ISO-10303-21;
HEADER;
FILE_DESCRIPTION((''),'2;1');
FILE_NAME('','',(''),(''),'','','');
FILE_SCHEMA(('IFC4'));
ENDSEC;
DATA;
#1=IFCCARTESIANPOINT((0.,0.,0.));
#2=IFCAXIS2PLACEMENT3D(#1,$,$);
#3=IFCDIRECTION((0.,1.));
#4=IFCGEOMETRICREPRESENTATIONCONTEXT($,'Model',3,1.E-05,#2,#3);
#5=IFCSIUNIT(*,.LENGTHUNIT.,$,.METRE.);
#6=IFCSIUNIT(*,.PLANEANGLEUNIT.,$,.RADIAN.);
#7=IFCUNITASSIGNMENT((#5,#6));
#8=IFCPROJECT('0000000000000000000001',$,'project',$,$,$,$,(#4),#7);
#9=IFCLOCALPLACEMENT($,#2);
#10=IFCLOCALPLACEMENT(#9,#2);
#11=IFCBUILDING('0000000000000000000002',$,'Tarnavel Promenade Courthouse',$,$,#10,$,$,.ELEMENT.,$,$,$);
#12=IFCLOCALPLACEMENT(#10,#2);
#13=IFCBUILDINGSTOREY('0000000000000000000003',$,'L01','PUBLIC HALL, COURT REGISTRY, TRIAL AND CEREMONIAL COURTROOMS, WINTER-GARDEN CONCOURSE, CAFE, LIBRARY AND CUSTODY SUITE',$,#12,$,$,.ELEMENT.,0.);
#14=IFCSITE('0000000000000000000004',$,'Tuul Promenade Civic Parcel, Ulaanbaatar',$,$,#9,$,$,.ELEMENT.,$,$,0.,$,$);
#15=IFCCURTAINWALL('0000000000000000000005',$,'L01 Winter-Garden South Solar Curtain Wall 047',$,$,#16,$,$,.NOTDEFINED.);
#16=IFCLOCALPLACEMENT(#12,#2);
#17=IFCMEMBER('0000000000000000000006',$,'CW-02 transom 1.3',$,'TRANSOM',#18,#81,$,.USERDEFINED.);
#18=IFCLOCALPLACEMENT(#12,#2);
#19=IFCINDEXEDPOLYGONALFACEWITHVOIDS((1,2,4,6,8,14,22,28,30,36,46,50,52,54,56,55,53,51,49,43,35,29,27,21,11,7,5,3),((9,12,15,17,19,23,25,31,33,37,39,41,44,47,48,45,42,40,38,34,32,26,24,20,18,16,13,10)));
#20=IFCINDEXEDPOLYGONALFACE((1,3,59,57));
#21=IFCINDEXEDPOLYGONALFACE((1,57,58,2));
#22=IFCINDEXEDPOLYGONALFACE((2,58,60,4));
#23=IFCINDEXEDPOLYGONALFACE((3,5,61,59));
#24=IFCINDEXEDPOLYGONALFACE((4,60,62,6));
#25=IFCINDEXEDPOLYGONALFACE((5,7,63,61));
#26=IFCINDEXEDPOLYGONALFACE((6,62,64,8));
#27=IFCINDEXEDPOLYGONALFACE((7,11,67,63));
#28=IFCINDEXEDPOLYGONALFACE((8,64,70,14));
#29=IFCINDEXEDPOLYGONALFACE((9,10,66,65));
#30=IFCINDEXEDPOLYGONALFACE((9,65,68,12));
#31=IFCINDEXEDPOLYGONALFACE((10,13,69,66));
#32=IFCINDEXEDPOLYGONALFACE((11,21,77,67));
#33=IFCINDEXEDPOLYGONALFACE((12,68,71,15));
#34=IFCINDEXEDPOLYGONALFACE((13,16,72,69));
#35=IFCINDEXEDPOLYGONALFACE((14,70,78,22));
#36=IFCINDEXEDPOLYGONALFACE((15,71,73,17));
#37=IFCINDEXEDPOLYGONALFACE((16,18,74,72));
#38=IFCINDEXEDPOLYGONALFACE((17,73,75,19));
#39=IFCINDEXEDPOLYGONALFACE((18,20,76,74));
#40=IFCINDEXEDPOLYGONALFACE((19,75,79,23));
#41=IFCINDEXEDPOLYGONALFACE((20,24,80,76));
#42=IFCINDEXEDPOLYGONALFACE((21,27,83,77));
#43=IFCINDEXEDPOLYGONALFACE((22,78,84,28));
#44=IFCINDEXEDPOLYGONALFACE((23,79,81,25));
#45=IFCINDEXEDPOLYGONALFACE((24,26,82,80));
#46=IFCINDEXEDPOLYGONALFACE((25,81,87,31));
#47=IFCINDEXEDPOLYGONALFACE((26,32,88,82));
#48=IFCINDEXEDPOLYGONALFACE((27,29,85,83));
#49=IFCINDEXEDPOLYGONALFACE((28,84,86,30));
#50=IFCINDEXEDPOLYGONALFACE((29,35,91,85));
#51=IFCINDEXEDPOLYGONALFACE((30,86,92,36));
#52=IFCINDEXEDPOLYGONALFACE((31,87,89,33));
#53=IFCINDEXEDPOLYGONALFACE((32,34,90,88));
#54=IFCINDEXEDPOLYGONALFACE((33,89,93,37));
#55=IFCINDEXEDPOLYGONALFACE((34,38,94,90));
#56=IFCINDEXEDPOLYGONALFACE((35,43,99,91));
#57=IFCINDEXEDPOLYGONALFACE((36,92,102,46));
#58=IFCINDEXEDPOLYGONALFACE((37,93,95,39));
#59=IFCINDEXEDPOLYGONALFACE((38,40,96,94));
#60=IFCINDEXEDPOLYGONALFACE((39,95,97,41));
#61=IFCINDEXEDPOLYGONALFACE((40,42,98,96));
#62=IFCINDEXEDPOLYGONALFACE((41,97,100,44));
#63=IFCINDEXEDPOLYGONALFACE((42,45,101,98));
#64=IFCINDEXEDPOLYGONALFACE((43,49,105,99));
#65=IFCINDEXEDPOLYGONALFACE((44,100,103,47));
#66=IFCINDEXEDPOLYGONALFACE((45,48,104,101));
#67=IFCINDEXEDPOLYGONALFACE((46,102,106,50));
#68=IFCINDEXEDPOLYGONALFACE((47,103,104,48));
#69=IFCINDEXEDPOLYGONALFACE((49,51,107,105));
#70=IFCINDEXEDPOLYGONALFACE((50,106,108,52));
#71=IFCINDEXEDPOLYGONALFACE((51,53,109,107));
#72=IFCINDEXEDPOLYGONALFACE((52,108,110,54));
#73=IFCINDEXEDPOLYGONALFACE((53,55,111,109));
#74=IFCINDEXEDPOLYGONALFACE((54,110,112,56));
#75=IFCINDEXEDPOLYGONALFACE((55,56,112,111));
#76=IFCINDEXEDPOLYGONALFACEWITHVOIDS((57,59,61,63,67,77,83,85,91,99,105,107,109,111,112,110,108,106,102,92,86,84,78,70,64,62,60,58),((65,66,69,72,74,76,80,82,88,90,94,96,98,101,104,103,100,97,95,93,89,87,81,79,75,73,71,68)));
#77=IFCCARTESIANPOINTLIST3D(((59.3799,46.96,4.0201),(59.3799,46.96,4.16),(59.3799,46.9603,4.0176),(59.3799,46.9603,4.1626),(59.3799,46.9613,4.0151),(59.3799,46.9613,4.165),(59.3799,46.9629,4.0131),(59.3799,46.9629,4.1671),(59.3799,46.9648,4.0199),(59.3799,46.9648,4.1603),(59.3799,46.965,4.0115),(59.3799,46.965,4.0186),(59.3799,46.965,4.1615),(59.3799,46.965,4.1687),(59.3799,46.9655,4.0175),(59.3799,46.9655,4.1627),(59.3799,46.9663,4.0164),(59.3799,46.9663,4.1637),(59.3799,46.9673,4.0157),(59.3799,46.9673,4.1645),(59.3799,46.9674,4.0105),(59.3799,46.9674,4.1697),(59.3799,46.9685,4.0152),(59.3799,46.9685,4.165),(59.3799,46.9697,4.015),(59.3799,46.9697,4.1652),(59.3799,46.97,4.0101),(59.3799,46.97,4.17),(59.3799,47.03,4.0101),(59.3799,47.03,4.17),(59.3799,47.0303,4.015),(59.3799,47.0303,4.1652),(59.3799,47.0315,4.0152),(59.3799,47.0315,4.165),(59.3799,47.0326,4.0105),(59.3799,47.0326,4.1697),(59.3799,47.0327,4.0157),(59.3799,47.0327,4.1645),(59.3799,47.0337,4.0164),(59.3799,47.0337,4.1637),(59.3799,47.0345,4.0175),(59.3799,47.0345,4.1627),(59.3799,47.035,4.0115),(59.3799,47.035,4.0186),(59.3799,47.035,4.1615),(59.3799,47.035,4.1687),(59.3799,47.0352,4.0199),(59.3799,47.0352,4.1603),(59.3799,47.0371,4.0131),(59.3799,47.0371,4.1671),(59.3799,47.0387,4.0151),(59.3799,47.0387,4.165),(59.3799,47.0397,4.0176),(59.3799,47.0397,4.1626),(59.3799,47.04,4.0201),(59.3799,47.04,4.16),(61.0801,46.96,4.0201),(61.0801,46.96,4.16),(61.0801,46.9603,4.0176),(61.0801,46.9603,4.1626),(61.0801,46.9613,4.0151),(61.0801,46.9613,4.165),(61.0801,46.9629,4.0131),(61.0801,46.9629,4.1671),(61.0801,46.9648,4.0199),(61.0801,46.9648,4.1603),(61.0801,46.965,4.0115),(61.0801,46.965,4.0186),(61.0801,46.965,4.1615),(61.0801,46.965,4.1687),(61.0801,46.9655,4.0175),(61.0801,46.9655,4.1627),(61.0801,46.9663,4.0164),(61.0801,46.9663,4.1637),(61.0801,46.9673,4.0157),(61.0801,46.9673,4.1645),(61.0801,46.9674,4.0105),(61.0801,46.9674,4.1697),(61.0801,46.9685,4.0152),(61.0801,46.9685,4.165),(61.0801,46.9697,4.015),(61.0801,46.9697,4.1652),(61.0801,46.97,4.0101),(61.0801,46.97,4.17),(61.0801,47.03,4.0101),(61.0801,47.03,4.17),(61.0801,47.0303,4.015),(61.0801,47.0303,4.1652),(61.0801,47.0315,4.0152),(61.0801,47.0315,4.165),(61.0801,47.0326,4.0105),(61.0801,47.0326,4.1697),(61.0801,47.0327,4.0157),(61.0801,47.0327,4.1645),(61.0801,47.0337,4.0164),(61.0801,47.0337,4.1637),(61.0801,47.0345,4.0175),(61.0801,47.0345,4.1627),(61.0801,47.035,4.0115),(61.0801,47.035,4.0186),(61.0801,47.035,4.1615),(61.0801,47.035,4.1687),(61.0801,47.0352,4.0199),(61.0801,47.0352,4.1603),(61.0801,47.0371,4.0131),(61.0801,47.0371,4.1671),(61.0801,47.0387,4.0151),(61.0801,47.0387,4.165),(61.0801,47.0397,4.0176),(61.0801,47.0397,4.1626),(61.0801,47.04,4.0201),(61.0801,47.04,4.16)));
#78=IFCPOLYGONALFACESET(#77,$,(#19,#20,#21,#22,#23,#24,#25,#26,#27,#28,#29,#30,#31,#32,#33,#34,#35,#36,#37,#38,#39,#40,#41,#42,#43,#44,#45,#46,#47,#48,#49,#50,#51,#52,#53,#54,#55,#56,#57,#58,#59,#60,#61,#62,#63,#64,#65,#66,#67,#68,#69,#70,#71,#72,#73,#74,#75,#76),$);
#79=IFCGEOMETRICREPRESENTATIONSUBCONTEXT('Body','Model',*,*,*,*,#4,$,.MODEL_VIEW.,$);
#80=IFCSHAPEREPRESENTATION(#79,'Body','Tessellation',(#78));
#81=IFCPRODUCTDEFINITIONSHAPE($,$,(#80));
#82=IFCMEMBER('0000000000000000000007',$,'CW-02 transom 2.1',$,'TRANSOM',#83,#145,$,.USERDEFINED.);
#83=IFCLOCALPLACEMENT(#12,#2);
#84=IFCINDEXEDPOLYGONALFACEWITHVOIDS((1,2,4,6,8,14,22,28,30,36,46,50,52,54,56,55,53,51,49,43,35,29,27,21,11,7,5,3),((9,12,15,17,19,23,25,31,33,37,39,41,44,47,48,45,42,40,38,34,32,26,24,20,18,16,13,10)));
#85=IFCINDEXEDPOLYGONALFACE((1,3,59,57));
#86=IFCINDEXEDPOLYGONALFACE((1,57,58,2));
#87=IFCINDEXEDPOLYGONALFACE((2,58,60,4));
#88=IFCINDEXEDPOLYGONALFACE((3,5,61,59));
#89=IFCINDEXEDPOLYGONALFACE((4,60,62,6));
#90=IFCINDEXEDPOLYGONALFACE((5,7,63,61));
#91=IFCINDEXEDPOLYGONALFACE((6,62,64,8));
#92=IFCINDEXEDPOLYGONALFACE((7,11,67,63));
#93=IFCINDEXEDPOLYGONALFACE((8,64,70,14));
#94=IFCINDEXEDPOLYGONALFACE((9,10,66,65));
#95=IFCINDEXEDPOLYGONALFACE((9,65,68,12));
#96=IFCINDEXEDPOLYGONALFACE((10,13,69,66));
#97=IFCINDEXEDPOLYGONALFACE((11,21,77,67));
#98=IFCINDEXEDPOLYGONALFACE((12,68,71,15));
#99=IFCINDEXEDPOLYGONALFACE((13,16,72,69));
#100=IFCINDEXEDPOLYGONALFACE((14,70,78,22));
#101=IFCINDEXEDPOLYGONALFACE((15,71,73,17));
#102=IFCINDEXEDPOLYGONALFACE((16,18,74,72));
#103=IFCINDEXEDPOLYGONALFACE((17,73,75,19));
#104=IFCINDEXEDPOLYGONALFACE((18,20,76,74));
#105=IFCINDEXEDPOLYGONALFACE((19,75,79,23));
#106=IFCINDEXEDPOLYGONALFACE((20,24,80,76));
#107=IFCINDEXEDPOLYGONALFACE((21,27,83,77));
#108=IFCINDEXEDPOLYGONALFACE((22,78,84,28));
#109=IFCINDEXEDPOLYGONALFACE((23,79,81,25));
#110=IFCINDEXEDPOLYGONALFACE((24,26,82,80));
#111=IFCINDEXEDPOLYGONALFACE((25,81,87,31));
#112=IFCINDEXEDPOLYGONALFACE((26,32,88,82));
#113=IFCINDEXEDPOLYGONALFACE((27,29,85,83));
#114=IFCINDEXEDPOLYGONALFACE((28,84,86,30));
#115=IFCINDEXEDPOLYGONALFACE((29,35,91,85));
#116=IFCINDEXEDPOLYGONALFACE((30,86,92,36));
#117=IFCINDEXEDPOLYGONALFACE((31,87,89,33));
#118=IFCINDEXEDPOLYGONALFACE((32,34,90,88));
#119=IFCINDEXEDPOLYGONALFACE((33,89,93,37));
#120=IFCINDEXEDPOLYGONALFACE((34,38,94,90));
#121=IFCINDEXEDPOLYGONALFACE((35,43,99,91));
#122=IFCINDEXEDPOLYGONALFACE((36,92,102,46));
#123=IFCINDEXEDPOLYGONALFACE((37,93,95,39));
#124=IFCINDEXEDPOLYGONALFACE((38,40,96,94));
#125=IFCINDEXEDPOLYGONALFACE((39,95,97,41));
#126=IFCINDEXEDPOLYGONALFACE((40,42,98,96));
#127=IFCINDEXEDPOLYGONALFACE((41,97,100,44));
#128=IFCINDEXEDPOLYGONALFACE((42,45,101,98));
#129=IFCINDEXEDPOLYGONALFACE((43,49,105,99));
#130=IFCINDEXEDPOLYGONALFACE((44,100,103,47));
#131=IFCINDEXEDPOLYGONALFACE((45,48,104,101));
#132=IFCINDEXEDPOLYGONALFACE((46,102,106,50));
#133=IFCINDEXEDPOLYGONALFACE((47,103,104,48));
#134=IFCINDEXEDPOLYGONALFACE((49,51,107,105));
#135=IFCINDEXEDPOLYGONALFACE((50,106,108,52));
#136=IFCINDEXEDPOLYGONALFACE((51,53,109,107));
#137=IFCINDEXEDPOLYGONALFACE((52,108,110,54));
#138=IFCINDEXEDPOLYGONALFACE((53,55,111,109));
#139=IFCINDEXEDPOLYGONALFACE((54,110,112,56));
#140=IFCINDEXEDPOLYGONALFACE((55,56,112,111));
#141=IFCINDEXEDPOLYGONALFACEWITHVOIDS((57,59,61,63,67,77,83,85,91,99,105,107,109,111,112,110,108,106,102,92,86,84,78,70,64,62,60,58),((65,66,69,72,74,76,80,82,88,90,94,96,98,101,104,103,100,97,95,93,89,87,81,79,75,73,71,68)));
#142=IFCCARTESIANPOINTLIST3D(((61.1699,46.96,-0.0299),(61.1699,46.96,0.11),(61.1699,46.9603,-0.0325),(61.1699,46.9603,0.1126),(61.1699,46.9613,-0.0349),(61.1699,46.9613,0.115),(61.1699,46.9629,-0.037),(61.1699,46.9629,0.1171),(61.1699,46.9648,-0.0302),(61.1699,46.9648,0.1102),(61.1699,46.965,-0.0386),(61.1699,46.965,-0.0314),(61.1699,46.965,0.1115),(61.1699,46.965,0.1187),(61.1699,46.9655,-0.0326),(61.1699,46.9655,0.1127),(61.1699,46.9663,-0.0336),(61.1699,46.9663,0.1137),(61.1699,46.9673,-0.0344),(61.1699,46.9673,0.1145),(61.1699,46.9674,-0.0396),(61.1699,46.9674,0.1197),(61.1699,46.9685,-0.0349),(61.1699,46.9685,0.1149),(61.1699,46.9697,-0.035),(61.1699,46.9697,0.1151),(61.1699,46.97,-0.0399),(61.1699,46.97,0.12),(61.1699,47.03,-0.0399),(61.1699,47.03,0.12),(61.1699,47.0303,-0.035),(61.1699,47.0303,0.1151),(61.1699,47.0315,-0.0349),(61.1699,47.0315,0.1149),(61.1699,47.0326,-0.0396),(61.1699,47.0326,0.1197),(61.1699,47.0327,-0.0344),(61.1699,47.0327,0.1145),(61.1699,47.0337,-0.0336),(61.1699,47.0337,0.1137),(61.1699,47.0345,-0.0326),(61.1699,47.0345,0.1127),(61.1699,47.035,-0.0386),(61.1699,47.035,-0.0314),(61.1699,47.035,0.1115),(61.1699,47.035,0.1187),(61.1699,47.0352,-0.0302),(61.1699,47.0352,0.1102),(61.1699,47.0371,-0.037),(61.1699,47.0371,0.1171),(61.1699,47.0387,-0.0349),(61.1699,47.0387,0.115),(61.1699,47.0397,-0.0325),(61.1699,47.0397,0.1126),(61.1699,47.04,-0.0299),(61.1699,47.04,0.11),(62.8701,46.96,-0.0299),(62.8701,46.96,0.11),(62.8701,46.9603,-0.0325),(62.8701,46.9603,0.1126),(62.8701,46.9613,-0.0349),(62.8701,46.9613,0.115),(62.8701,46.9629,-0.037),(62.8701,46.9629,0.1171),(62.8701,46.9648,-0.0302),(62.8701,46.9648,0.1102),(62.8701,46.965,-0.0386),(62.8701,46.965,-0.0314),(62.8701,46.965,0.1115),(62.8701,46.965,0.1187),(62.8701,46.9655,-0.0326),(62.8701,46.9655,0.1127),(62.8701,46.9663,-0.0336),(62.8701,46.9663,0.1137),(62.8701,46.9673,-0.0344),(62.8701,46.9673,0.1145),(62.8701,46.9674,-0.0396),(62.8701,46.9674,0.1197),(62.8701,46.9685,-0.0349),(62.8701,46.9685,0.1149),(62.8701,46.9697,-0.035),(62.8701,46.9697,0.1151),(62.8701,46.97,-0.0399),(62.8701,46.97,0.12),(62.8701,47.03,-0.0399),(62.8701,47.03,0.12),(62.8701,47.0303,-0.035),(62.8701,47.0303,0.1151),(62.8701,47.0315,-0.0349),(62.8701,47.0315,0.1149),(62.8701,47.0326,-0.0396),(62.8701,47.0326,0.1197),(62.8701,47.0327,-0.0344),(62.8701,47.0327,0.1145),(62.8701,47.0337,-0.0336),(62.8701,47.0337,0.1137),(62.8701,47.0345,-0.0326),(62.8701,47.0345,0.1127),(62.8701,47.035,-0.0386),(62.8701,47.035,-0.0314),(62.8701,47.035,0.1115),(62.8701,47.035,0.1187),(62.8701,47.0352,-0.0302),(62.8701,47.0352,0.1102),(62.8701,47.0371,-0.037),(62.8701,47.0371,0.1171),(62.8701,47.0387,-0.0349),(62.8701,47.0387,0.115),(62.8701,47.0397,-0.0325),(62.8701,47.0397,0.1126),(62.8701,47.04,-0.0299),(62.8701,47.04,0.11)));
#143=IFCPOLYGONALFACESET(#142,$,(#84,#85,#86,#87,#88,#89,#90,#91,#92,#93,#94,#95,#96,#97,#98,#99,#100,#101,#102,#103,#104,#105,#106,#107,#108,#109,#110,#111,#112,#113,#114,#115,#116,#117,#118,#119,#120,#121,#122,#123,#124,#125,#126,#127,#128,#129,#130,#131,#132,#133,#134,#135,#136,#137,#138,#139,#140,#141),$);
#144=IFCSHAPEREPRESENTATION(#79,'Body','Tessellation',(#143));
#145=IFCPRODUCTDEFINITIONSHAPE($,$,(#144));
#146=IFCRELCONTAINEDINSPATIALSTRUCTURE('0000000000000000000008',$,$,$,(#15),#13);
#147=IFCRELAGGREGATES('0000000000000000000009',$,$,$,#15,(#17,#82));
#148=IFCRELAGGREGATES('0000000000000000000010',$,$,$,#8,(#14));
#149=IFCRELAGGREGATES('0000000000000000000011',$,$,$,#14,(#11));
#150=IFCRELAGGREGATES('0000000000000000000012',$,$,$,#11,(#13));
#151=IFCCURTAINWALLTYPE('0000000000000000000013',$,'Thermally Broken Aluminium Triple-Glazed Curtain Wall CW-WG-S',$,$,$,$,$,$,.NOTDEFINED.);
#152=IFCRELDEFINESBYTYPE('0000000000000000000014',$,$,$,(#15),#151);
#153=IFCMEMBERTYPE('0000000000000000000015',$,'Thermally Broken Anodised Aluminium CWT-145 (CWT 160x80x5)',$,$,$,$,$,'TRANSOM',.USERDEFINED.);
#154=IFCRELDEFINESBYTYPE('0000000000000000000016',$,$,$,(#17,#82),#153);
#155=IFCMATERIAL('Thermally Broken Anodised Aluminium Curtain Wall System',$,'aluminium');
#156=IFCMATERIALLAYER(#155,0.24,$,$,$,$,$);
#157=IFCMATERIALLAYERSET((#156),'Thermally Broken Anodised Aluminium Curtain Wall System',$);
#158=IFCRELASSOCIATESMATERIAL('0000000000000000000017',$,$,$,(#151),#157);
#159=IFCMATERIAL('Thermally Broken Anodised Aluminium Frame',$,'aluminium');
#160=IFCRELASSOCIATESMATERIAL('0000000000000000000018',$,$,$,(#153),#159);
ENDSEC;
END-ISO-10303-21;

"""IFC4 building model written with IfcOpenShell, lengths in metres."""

from ifc_helpers import new_model, si_unit, direction, frame, origin, origin_2d, place, context, subcontext, project, spatial, hollow_rectangle, extrude, material, layer, layer_set, material_profile, profile_set, type_object, element, aggregate, save


model = new_model("IFC4")

# Units and contexts
model_context = context("Model", 3, precision=1e-05, world=origin(), true_north=direction((0.0, 1.0)))
body_context = subcontext(model_context, "Body", "Model", "MODEL_VIEW")
ifc_project = project(units=[si_unit("LENGTHUNIT", "METRE"), si_unit("PLANEANGLEUNIT", "RADIAN")], contexts=[model_context])

# Site, building, storey
site_placement = place(None, origin())
site = spatial("IfcSite", under=ifc_project, at=site_placement, Name="Tuul Promenade Civic Parcel, Ulaanbaatar", CompositionType="ELEMENT", RefElevation=0.0)
building_placement = place(site_placement, origin())
building = spatial("IfcBuilding", under=site, at=building_placement, Name="Tarnavel Promenade Courthouse", CompositionType="ELEMENT")
storey_placement = place(building_placement, origin())
storey = spatial("IfcBuildingStorey", under=building, at=storey_placement, Name="L01", Description="PUBLIC HALL, COURT REGISTRY, TRIAL AND CEREMONIAL COURTROOMS, WINTER-GARDEN CONCOURSE, CAFE, LIBRARY AND CUSTODY SUITE", CompositionType="ELEMENT", Elevation=0.0)

# Curtain wall
ifc_material_1 = material(Name="Thermally Broken Anodised Aluminium Curtain Wall System", Category="aluminium")
ifc_layer_1 = layer(ifc_material_1, 0.24)
ifc_layer_set_1 = layer_set([ifc_layer_1], Name="Thermally Broken Anodised Aluminium Curtain Wall System")
curtain_wall_type = type_object("IfcCurtainWallType", Name="Thermally Broken Aluminium Triple-Glazed Curtain Wall CW-WG-S", PredefinedType="NOTDEFINED", material=ifc_layer_set_1)
ifc_material_2 = material(Name="Thermally Broken Anodised Aluminium Frame", Category="aluminium")
curtain_wall_1_placement = place(storey_placement, origin())
curtain_wall_1 = element("IfcCurtainWall", 1, at=curtain_wall_1_placement, inside=storey, type_object=curtain_wall_type, Name="L01 Winter-Garden South Solar Curtain Wall 047", PredefinedType="NOTDEFINED")

# Members
ifc_material_profile_1 = material_profile(ifc_material_2, hollow_rectangle(XDim=0.0801, YDim=0.1599, WallThickness=0.0049, InnerFilletRadius=0.0049, OuterFilletRadius=0.01, at=origin_2d()), Name="CWT 160x80x5")
ifc_profile_set_1 = profile_set([ifc_material_profile_1], Name="Thermally Broken Anodised Aluminium Frame")
member_type_1 = type_object("IfcMemberType", Name="Thermally Broken Anodised Aluminium CWT-145 (CWT 160x80x5)", ElementType="TRANSOM", PredefinedType="USERDEFINED", material=ifc_profile_set_1)
member_1_placement = place(storey_placement, frame((59.3799, 47.0, 4.0901), z_axis=(1.0, 0.0, 0.0), x_axis=(0.0, 1.0, 0.0)))
member_1 = element("IfcMember", 2, at=member_1_placement, type_object=member_type_1, Name="CW-02 transom 1.3", ObjectType="TRANSOM", PredefinedType="USERDEFINED", context=body_context, shape_type="SweptSolid", body=[
    extrude(hollow_rectangle(XDim=0.0801, YDim=0.1599, WallThickness=0.0049, InnerFilletRadius=0.0049, OuterFilletRadius=0.01, at=origin_2d()), origin(), (0.0, 0.0, 1.0), 1.7002),
])
member_2_placement = place(storey_placement, frame((61.1699, 47.0, 0.04), z_axis=(1.0, 0.0, 0.0), x_axis=(0.0, 1.0, 0.0)))
member_2 = element("IfcMember", 3, at=member_2_placement, type_object=member_type_1, Name="CW-02 transom 2.1", ObjectType="TRANSOM", PredefinedType="USERDEFINED", context=body_context, shape_type="SweptSolid", body=[
    extrude(hollow_rectangle(XDim=0.0801, YDim=0.1599, WallThickness=0.0049, InnerFilletRadius=0.0049, OuterFilletRadius=0.01, at=origin_2d()), origin(), (0.0, 0.0, 1.0), 1.7002),
])

aggregate(curtain_wall_1, [member_1, member_2])

save(model, "model.ifc")
